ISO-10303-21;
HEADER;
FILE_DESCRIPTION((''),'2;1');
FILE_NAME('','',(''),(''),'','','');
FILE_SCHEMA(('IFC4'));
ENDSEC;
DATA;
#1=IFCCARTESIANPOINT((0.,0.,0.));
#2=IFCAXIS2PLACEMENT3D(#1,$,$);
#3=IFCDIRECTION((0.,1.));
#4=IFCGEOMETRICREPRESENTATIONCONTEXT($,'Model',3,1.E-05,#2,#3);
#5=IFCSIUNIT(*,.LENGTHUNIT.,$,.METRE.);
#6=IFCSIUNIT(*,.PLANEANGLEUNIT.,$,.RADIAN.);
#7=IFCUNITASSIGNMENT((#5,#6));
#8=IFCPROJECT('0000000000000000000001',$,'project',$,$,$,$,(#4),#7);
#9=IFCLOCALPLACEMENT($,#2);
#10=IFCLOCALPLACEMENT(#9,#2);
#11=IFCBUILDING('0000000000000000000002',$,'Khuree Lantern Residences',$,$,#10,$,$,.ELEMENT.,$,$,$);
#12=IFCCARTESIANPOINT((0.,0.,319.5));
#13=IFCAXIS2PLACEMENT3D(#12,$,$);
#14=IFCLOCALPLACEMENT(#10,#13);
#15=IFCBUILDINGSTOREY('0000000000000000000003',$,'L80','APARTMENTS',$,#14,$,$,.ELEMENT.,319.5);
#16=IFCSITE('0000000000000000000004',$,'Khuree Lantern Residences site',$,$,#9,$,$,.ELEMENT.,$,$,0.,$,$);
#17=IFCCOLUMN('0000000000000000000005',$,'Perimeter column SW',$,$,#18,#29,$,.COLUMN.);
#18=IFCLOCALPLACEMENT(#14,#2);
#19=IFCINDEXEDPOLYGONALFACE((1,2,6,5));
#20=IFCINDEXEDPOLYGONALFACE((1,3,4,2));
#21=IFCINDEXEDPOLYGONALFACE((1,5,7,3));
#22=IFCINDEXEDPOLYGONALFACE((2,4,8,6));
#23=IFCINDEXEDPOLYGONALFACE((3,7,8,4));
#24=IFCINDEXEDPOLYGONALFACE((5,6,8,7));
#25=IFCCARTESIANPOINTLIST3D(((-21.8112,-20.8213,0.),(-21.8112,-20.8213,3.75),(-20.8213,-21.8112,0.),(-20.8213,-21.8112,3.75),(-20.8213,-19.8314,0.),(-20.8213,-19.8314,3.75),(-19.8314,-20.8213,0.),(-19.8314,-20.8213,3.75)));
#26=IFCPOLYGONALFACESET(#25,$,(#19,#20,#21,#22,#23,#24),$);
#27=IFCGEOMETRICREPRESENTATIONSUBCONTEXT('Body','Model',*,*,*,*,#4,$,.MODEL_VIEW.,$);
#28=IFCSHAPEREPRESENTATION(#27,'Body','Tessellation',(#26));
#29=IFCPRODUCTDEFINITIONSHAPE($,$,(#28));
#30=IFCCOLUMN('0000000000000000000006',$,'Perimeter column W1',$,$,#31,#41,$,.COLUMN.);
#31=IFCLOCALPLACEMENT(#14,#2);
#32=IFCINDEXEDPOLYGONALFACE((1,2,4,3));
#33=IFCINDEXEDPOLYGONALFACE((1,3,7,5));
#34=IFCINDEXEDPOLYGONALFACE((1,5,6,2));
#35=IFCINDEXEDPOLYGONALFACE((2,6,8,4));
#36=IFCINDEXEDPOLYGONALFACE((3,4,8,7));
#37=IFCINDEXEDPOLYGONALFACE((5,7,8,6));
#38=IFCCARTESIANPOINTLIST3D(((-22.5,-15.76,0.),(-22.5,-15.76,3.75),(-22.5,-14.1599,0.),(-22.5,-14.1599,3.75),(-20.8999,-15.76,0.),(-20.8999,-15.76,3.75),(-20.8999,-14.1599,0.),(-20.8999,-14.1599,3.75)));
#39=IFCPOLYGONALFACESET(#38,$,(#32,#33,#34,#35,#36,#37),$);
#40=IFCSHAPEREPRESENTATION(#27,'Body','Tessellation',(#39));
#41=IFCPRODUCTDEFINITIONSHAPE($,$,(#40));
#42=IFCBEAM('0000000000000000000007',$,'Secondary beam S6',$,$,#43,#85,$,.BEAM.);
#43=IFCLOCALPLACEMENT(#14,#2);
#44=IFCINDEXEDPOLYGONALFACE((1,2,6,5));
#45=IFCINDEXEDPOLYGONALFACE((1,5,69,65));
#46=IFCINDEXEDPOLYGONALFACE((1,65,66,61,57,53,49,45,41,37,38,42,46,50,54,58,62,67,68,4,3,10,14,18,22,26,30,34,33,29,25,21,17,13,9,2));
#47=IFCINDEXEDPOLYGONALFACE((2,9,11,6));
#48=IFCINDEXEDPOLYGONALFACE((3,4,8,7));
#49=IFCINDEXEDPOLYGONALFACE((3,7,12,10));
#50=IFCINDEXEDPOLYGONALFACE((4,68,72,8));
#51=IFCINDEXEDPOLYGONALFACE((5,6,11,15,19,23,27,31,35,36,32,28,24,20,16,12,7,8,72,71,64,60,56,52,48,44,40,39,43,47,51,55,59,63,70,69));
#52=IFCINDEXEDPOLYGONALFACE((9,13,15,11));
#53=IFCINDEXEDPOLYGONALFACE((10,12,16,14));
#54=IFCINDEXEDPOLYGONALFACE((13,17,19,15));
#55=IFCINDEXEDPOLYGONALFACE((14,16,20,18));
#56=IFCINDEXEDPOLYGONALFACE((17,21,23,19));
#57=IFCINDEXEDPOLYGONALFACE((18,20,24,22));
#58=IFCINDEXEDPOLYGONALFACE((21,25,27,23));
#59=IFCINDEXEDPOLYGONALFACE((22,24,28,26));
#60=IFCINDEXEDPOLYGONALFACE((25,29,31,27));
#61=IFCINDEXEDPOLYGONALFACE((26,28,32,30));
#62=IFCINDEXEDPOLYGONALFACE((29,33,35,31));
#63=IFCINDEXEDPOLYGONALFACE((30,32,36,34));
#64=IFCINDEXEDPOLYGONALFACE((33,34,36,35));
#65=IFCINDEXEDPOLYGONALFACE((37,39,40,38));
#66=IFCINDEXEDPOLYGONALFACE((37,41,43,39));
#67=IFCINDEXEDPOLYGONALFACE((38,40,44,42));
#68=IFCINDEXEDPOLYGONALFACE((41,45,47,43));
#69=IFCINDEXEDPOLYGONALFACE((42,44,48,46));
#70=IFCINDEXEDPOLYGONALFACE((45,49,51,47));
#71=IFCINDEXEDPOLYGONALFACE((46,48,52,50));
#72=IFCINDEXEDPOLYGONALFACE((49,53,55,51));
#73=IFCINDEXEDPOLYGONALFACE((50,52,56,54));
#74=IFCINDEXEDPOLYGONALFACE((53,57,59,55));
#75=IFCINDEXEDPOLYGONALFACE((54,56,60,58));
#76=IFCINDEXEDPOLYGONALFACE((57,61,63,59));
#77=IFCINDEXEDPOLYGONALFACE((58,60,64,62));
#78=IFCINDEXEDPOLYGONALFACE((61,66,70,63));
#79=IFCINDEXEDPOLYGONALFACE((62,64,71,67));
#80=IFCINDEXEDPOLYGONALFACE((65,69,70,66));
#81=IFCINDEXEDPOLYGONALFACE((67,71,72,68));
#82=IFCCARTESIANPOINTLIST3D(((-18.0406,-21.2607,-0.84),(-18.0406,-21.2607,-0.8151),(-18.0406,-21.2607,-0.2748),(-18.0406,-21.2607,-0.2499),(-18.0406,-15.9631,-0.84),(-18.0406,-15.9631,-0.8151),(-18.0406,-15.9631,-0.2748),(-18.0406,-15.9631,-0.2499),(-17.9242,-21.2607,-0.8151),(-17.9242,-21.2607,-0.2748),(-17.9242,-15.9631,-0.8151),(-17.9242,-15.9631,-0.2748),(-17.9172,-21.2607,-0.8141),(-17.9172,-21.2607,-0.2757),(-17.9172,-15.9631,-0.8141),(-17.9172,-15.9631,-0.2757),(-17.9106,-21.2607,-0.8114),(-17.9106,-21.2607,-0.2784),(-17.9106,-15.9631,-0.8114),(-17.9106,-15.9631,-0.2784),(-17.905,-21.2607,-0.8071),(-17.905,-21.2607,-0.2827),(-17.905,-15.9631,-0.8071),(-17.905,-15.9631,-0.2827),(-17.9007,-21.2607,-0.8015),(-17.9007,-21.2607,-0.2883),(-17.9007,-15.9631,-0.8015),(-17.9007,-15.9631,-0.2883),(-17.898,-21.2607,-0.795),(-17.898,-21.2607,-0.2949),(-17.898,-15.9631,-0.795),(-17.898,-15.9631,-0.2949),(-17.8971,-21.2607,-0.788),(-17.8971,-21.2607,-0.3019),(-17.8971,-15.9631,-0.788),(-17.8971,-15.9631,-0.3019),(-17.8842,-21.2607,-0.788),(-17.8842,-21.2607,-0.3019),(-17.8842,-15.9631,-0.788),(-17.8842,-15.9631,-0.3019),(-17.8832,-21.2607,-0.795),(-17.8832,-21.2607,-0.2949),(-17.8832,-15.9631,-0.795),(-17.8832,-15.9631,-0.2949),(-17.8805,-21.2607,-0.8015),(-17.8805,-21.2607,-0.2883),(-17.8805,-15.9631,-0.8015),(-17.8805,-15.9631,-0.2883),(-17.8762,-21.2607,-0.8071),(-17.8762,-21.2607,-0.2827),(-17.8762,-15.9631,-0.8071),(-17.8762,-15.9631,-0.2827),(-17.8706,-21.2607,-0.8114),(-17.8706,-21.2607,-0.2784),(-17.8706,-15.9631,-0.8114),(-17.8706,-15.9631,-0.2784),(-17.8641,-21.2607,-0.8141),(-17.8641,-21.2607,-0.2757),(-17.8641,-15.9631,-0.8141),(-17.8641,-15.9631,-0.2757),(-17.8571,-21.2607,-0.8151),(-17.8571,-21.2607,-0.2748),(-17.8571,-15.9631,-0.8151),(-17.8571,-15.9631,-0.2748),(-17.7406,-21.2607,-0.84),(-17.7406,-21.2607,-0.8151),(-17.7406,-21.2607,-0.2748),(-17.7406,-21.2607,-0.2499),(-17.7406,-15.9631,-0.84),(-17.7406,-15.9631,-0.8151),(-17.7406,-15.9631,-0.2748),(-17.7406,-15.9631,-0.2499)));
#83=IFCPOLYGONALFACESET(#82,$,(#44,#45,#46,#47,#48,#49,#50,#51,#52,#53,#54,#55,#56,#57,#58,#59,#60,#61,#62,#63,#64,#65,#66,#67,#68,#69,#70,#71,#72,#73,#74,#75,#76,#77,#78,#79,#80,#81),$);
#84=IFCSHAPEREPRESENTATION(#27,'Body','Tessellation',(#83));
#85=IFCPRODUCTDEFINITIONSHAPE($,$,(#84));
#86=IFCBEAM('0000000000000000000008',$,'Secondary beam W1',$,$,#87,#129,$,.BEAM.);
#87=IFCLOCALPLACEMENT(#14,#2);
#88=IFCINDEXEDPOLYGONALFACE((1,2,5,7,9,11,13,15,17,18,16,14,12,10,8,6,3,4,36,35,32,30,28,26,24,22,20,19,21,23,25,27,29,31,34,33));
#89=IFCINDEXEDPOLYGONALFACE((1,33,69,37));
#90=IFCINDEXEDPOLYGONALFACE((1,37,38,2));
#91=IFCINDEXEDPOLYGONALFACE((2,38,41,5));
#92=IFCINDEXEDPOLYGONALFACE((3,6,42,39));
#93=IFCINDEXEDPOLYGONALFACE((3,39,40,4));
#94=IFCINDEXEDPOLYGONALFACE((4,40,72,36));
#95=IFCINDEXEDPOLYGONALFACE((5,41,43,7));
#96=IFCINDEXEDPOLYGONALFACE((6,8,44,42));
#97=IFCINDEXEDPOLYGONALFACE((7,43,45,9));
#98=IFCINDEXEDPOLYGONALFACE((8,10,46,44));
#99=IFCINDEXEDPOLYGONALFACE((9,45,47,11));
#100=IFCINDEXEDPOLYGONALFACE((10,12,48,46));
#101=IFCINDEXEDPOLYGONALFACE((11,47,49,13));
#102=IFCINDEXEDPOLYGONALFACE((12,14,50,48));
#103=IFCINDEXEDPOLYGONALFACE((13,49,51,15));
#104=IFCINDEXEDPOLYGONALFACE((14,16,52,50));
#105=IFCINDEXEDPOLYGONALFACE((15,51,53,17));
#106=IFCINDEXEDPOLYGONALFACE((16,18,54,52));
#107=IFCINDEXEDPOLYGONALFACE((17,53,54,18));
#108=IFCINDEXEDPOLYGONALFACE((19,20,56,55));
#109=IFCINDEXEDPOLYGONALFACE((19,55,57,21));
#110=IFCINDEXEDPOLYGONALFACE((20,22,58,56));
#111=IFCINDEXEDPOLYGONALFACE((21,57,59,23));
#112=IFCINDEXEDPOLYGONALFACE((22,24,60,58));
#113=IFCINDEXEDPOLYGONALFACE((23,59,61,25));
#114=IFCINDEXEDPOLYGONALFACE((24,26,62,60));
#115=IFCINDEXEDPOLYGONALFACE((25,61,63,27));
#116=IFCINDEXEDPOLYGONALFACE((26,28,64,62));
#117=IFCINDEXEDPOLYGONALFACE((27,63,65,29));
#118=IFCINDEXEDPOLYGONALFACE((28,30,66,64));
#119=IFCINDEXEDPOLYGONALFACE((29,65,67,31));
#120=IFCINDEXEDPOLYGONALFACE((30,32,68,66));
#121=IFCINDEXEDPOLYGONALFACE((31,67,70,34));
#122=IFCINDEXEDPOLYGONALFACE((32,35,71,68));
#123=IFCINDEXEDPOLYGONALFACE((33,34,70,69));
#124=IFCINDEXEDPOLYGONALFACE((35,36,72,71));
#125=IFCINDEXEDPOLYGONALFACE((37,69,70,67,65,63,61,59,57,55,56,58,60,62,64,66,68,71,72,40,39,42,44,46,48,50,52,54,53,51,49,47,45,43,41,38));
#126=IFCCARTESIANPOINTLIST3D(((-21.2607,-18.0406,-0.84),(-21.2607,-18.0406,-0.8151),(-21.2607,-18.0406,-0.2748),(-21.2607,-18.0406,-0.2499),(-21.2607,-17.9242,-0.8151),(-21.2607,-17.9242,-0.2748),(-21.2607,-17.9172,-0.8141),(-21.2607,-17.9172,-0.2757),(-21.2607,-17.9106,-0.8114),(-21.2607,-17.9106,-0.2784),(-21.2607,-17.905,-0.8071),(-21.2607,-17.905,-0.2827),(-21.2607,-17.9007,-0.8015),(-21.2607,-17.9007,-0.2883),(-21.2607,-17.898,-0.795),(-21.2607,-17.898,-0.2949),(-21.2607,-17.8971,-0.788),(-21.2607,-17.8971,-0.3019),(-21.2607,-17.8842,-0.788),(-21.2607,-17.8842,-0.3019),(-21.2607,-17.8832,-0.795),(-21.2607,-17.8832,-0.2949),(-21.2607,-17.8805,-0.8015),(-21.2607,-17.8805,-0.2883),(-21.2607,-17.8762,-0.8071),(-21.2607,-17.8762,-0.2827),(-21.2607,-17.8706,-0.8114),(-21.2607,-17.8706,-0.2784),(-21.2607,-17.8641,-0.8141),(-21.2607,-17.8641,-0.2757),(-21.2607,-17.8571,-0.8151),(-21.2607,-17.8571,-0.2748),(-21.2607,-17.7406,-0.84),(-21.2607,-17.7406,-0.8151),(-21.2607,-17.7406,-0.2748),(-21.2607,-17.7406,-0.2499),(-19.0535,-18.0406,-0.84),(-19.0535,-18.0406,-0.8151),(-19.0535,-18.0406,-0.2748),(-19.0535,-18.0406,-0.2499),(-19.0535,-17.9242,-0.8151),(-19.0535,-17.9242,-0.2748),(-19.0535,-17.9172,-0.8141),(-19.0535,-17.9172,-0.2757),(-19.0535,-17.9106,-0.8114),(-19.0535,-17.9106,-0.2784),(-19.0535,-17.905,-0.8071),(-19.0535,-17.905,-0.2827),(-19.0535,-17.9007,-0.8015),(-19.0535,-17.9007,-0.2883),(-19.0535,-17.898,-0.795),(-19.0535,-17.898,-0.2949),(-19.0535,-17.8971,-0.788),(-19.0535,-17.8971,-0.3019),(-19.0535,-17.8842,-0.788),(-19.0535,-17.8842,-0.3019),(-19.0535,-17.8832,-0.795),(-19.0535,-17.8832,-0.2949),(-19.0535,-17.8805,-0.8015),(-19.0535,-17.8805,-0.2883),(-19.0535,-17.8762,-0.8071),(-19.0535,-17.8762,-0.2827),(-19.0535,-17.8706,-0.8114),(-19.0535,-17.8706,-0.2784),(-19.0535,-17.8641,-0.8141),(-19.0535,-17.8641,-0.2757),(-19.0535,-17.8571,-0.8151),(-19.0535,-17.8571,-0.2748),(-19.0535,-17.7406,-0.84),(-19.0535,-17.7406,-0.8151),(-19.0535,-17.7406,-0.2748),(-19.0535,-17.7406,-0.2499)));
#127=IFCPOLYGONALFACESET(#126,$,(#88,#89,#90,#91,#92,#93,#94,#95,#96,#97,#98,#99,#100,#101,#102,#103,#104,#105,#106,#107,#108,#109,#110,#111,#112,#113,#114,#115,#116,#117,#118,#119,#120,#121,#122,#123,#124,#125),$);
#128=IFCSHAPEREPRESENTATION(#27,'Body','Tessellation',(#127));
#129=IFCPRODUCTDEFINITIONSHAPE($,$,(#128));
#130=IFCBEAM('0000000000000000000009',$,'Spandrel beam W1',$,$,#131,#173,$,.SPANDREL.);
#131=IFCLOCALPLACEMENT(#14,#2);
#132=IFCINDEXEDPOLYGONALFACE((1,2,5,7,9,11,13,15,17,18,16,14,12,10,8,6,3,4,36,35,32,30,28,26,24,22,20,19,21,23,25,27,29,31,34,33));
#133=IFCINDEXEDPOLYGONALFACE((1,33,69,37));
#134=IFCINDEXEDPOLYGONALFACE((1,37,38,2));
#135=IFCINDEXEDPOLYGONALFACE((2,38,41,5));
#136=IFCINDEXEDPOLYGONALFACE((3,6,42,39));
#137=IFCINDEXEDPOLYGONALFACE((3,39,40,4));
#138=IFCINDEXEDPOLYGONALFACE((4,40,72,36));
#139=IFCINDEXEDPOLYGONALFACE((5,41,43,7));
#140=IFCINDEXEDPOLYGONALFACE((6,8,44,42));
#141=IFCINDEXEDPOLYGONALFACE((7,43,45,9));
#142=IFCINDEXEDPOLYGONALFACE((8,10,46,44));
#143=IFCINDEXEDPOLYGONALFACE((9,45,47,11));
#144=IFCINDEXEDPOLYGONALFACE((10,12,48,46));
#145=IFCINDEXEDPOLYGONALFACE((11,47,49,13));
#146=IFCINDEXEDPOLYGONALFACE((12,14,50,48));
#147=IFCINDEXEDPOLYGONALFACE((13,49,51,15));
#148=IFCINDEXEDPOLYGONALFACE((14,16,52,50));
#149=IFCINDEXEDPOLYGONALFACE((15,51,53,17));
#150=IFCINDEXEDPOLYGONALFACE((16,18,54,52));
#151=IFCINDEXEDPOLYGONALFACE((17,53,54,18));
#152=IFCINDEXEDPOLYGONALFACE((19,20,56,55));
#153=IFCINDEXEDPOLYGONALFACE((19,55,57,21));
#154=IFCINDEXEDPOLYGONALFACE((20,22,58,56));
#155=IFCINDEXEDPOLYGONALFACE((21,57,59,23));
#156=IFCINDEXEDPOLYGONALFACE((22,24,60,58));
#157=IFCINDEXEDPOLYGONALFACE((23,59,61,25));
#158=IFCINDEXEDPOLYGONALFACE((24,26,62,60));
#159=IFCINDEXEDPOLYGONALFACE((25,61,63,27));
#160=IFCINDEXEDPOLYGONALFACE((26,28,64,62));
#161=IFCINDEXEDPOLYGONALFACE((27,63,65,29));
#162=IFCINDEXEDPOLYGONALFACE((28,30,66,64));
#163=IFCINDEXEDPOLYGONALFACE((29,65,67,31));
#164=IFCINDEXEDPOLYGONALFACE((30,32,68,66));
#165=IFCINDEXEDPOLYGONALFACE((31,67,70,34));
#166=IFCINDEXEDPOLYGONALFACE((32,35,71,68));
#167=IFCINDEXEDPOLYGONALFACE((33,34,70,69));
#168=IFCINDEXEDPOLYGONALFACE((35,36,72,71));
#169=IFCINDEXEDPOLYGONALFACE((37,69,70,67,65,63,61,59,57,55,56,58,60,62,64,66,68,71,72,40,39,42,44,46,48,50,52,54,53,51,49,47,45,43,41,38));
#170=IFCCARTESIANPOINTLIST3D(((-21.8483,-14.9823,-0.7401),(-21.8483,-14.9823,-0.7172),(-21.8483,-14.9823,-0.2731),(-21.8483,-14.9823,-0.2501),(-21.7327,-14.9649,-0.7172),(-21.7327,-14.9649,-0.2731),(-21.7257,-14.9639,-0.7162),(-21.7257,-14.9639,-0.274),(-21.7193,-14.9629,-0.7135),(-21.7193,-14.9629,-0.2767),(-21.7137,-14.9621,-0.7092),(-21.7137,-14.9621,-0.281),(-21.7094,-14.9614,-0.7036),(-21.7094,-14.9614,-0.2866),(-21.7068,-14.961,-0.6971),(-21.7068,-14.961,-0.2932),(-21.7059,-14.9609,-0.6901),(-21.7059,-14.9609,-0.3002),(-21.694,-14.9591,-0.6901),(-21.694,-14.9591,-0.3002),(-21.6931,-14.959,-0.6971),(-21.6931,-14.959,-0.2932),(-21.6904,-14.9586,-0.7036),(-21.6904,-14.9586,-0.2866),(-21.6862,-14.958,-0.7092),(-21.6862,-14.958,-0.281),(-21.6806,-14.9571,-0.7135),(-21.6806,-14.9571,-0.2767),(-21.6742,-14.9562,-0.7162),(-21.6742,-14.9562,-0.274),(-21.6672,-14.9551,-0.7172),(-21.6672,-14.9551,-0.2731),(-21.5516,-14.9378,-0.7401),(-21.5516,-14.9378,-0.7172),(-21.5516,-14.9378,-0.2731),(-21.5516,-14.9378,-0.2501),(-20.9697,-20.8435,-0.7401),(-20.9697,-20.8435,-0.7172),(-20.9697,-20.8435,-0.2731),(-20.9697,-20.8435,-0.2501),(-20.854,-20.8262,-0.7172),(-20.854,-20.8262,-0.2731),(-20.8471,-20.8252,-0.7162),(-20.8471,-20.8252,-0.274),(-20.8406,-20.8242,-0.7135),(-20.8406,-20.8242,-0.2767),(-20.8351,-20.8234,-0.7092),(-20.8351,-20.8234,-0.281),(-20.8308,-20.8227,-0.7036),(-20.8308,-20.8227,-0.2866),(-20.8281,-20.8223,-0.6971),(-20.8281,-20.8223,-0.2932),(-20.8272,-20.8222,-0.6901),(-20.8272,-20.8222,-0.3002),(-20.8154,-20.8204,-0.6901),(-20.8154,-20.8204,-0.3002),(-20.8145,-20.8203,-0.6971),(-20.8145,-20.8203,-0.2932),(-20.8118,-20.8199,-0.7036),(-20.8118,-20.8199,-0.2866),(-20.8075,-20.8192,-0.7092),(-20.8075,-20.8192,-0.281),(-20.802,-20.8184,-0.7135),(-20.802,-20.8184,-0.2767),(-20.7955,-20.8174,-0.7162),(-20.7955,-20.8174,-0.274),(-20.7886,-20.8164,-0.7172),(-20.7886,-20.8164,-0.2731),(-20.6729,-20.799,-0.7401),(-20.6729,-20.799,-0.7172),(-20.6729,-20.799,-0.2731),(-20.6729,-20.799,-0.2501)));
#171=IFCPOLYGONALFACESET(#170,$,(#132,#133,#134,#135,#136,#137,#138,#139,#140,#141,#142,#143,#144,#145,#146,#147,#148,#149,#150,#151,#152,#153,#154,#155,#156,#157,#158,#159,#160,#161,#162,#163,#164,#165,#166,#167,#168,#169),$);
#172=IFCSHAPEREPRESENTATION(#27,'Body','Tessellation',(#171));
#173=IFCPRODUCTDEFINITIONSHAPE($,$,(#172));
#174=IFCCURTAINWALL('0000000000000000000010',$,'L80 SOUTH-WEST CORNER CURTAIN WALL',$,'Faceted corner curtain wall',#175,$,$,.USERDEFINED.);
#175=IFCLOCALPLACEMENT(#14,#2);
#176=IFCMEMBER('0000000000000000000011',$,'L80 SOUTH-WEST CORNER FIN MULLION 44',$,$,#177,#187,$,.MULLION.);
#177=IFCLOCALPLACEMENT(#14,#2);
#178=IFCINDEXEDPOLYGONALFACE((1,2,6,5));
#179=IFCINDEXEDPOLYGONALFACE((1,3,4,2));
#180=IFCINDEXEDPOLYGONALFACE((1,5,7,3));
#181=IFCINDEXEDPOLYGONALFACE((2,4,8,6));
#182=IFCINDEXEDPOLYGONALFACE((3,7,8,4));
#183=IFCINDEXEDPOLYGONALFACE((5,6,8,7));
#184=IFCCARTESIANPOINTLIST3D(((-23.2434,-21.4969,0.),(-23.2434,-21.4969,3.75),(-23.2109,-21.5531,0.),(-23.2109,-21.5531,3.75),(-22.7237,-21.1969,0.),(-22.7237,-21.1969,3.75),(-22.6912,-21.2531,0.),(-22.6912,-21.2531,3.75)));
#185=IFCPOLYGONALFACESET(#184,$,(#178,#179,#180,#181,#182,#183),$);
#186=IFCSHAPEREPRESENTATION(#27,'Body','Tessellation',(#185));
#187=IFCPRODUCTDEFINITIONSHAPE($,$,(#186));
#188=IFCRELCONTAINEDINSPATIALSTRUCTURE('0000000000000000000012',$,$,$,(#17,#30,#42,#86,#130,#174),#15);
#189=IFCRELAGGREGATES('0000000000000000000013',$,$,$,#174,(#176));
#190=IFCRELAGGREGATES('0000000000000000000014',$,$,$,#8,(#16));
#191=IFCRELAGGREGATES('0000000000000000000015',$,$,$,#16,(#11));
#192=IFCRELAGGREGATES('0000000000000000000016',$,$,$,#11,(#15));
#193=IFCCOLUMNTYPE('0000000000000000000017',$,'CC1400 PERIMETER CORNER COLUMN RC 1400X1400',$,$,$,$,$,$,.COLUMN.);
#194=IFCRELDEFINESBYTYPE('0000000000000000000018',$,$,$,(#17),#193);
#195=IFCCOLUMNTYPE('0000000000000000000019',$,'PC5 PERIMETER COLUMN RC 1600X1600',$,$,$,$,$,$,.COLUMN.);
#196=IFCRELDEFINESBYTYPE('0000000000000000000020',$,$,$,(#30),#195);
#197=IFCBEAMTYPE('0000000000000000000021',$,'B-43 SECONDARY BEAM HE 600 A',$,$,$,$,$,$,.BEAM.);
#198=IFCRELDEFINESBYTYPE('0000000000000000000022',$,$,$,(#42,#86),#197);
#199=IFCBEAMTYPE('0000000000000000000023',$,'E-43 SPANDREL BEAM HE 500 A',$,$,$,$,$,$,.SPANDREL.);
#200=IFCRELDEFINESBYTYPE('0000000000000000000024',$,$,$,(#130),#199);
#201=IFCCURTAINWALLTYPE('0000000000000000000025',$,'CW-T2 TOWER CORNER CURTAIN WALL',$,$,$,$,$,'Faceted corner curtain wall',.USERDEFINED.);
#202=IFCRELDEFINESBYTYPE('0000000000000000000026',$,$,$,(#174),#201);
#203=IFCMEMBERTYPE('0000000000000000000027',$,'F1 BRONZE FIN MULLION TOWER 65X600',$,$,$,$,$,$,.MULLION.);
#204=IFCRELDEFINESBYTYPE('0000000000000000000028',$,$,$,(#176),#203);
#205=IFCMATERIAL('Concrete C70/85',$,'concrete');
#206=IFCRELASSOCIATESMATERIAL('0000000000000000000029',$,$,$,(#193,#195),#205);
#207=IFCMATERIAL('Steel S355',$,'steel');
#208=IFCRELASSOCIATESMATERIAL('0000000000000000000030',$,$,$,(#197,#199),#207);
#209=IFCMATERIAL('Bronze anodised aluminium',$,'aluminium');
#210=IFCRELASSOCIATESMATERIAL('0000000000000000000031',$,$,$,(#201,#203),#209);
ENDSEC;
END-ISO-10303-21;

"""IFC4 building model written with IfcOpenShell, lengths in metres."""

from ifc_helpers import new_model, si_unit, direction, frame, origin, origin_2d, place, context, subcontext, project, spatial, rectangle, i_section, extrude, material, material_profile, profile_set, type_object, element, aggregate, save


model = new_model("IFC4")

# Units and contexts
model_context = context("Model", 3, precision=1e-05, world=origin(), true_north=direction((0.0, 1.0)))
body_context = subcontext(model_context, "Body", "Model", "MODEL_VIEW")
ifc_project = project(units=[si_unit("LENGTHUNIT", "METRE"), si_unit("PLANEANGLEUNIT", "RADIAN")], contexts=[model_context])

# Site, building, storey
site_placement = place(None, origin())
site = spatial("IfcSite", under=ifc_project, at=site_placement, Name="Khuree Lantern Residences site", CompositionType="ELEMENT", RefElevation=0.0)
building_placement = place(site_placement, origin())
building = spatial("IfcBuilding", under=site, at=building_placement, Name="Khuree Lantern Residences", CompositionType="ELEMENT")
storey_placement = place(building_placement, frame((0.0, 0.0, 319.5)))
storey = spatial("IfcBuildingStorey", under=building, at=storey_placement, Name="L80", Description="APARTMENTS", CompositionType="ELEMENT", Elevation=319.5)

# Columns
ifc_material_1 = material(Name="Concrete C70/85", Category="concrete")
ifc_material_profile_1 = material_profile(ifc_material_1, rectangle(XDim=1.3999, YDim=1.3999, at=origin_2d()), Name="RC 1400X1400")
ifc_profile_set_1 = profile_set([ifc_material_profile_1], Name="Concrete C70/85")
column_type_1 = type_object("IfcColumnType", Name="CC1400 PERIMETER CORNER COLUMN RC 1400X1400", PredefinedType="COLUMN", material=ifc_profile_set_1)
column_1_placement = place(storey_placement, frame((-20.8213, -20.8213, 0.0), z_axis=(0.0, 0.0, 1.0), x_axis=(0.707107, -0.707107, 0.0)))
element("IfcColumn", 1, at=column_1_placement, inside=storey, type_object=column_type_1, Name="Perimeter column SW", PredefinedType="COLUMN", context=body_context, shape_type="SweptSolid", body=[
    extrude(rectangle(XDim=1.3999, YDim=1.3999, at=origin_2d()), origin(), (0.0, 0.0, 1.0), 3.75),
])
ifc_material_profile_2 = material_profile(ifc_material_1, rectangle(XDim=1.6001, YDim=1.6001, at=origin_2d()), Name="RC 1600X1600")
ifc_profile_set_2 = profile_set([ifc_material_profile_2], Name="Concrete C70/85")
column_type_2 = type_object("IfcColumnType", Name="PC5 PERIMETER COLUMN RC 1600X1600", PredefinedType="COLUMN", material=ifc_profile_set_2)
column_2_placement = place(storey_placement, frame((-21.7, -14.96, 0.0), z_axis=(0.0, 0.0, 1.0), x_axis=(0.0, 1.0, 0.0)))
element("IfcColumn", 2, at=column_2_placement, inside=storey, type_object=column_type_2, Name="Perimeter column W1", PredefinedType="COLUMN", context=body_context, shape_type="SweptSolid", body=[
    extrude(rectangle(XDim=1.6001, YDim=1.6001, at=origin_2d()), origin(), (0.0, 0.0, 1.0), 3.75),
])

# Beams
ifc_material_2 = material(Name="Steel S355", Category="steel")
ifc_material_profile_3 = material_profile(ifc_material_2, i_section(OverallWidth=0.3, OverallDepth=0.5901, WebThickness=0.0129, FlangeThickness=0.0249, FilletRadius=0.0271, at=origin_2d()), Name="HE 600 A")
ifc_profile_set_3 = profile_set([ifc_material_profile_3], Name="Steel S355")
beam_type_1 = type_object("IfcBeamType", Name="B-43 SECONDARY BEAM HE 600 A", PredefinedType="BEAM", material=ifc_profile_set_3)
beam_1_placement = place(storey_placement, frame((-17.8906, -21.2607, -0.5449), z_axis=(0.0, 1.0, 0.0), x_axis=(-1.0, 0.0, 0.0)))
element("IfcBeam", 3, at=beam_1_placement, inside=storey, type_object=beam_type_1, Name="Secondary beam S6", PredefinedType="BEAM", context=body_context, shape_type="SweptSolid", body=[
    extrude(i_section(OverallWidth=0.3, OverallDepth=0.5901, WebThickness=0.0129, FlangeThickness=0.0249, FilletRadius=0.0271, at=origin_2d()), origin(), (0.0, 0.0, 1.0), 5.2976),
])
beam_2_placement = place(storey_placement, frame((-21.2607, -17.8906, -0.5449), z_axis=(1.0, 0.0, 0.0), x_axis=(0.0, 1.0, 0.0)))
element("IfcBeam", 4, at=beam_2_placement, inside=storey, type_object=beam_type_1, Name="Secondary beam W1", PredefinedType="BEAM", context=body_context, shape_type="SweptSolid", body=[
    extrude(i_section(OverallWidth=0.3, OverallDepth=0.5901, WebThickness=0.0129, FlangeThickness=0.0249, FilletRadius=0.0271, at=origin_2d()), origin(), (0.0, 0.0, 1.0), 2.2073),
])
ifc_material_profile_4 = material_profile(ifc_material_2, i_section(OverallWidth=0.3, OverallDepth=0.49, WebThickness=0.012, FlangeThickness=0.0229, FilletRadius=0.0271, at=origin_2d()), Name="HE 500 A")
ifc_profile_set_4 = profile_set([ifc_material_profile_4], Name="Steel S355")
beam_type_2 = type_object("IfcBeamType", Name="E-43 SPANDREL BEAM HE 500 A", PredefinedType="SPANDREL", material=ifc_profile_set_4)
beam_3_placement = place(storey_placement, frame((-20.8213, -20.8213, -0.4951), z_axis=(-0.148252, 0.98895, 0.0), x_axis=(-0.98895, -0.148252, 0.0)))
element("IfcBeam", 5, at=beam_3_placement, inside=storey, type_object=beam_type_2, Name="Spandrel beam W1", PredefinedType="SPANDREL", context=body_context, shape_type="SweptSolid", body=[
    extrude(i_section(OverallWidth=0.3, OverallDepth=0.49, WebThickness=0.012, FlangeThickness=0.0229, FilletRadius=0.0271, at=origin_2d()), origin(), (0.0, 0.0, 1.0), 5.9268),
])

# Curtain wall, member
ifc_material_3 = material(Name="Bronze anodised aluminium", Category="aluminium")
curtain_wall_type_1 = type_object("IfcCurtainWallType", Name="CW-T2 TOWER CORNER CURTAIN WALL", ElementType="Faceted corner curtain wall", PredefinedType="USERDEFINED", material=ifc_material_3)
curtain_wall_1_placement = place(storey_placement, origin())
curtain_wall_1 = element("IfcCurtainWall", 6, at=curtain_wall_1_placement, inside=storey, type_object=curtain_wall_type_1, Name="L80 SOUTH-WEST CORNER CURTAIN WALL", ObjectType="Faceted corner curtain wall", PredefinedType="USERDEFINED")
ifc_material_profile_5 = material_profile(ifc_material_3, rectangle(XDim=0.0649, YDim=0.6001, at=origin_2d()), Name="F1 65X600")
ifc_profile_set_5 = profile_set([ifc_material_profile_5], Name="Bronze anodised aluminium")
member_type_1 = type_object("IfcMemberType", Name="F1 BRONZE FIN MULLION TOWER 65X600", PredefinedType="MULLION", material=ifc_profile_set_5)
member_1_placement = place(storey_placement, frame((-22.9673, -21.375, 0.0), z_axis=(0.0, 0.0, 1.0), x_axis=(0.5, -0.866025, 0.0)))
member_1 = element("IfcMember", 7, at=member_1_placement, type_object=member_type_1, Name="L80 SOUTH-WEST CORNER FIN MULLION 44", PredefinedType="MULLION", context=body_context, shape_type="SweptSolid", body=[
    extrude(rectangle(XDim=0.0649, YDim=0.6001, at=origin_2d()), origin(), (0.0, 0.0, 1.0), 3.75),
])

aggregate(curtain_wall_1, [member_1])

save(model, "model.ifc")
